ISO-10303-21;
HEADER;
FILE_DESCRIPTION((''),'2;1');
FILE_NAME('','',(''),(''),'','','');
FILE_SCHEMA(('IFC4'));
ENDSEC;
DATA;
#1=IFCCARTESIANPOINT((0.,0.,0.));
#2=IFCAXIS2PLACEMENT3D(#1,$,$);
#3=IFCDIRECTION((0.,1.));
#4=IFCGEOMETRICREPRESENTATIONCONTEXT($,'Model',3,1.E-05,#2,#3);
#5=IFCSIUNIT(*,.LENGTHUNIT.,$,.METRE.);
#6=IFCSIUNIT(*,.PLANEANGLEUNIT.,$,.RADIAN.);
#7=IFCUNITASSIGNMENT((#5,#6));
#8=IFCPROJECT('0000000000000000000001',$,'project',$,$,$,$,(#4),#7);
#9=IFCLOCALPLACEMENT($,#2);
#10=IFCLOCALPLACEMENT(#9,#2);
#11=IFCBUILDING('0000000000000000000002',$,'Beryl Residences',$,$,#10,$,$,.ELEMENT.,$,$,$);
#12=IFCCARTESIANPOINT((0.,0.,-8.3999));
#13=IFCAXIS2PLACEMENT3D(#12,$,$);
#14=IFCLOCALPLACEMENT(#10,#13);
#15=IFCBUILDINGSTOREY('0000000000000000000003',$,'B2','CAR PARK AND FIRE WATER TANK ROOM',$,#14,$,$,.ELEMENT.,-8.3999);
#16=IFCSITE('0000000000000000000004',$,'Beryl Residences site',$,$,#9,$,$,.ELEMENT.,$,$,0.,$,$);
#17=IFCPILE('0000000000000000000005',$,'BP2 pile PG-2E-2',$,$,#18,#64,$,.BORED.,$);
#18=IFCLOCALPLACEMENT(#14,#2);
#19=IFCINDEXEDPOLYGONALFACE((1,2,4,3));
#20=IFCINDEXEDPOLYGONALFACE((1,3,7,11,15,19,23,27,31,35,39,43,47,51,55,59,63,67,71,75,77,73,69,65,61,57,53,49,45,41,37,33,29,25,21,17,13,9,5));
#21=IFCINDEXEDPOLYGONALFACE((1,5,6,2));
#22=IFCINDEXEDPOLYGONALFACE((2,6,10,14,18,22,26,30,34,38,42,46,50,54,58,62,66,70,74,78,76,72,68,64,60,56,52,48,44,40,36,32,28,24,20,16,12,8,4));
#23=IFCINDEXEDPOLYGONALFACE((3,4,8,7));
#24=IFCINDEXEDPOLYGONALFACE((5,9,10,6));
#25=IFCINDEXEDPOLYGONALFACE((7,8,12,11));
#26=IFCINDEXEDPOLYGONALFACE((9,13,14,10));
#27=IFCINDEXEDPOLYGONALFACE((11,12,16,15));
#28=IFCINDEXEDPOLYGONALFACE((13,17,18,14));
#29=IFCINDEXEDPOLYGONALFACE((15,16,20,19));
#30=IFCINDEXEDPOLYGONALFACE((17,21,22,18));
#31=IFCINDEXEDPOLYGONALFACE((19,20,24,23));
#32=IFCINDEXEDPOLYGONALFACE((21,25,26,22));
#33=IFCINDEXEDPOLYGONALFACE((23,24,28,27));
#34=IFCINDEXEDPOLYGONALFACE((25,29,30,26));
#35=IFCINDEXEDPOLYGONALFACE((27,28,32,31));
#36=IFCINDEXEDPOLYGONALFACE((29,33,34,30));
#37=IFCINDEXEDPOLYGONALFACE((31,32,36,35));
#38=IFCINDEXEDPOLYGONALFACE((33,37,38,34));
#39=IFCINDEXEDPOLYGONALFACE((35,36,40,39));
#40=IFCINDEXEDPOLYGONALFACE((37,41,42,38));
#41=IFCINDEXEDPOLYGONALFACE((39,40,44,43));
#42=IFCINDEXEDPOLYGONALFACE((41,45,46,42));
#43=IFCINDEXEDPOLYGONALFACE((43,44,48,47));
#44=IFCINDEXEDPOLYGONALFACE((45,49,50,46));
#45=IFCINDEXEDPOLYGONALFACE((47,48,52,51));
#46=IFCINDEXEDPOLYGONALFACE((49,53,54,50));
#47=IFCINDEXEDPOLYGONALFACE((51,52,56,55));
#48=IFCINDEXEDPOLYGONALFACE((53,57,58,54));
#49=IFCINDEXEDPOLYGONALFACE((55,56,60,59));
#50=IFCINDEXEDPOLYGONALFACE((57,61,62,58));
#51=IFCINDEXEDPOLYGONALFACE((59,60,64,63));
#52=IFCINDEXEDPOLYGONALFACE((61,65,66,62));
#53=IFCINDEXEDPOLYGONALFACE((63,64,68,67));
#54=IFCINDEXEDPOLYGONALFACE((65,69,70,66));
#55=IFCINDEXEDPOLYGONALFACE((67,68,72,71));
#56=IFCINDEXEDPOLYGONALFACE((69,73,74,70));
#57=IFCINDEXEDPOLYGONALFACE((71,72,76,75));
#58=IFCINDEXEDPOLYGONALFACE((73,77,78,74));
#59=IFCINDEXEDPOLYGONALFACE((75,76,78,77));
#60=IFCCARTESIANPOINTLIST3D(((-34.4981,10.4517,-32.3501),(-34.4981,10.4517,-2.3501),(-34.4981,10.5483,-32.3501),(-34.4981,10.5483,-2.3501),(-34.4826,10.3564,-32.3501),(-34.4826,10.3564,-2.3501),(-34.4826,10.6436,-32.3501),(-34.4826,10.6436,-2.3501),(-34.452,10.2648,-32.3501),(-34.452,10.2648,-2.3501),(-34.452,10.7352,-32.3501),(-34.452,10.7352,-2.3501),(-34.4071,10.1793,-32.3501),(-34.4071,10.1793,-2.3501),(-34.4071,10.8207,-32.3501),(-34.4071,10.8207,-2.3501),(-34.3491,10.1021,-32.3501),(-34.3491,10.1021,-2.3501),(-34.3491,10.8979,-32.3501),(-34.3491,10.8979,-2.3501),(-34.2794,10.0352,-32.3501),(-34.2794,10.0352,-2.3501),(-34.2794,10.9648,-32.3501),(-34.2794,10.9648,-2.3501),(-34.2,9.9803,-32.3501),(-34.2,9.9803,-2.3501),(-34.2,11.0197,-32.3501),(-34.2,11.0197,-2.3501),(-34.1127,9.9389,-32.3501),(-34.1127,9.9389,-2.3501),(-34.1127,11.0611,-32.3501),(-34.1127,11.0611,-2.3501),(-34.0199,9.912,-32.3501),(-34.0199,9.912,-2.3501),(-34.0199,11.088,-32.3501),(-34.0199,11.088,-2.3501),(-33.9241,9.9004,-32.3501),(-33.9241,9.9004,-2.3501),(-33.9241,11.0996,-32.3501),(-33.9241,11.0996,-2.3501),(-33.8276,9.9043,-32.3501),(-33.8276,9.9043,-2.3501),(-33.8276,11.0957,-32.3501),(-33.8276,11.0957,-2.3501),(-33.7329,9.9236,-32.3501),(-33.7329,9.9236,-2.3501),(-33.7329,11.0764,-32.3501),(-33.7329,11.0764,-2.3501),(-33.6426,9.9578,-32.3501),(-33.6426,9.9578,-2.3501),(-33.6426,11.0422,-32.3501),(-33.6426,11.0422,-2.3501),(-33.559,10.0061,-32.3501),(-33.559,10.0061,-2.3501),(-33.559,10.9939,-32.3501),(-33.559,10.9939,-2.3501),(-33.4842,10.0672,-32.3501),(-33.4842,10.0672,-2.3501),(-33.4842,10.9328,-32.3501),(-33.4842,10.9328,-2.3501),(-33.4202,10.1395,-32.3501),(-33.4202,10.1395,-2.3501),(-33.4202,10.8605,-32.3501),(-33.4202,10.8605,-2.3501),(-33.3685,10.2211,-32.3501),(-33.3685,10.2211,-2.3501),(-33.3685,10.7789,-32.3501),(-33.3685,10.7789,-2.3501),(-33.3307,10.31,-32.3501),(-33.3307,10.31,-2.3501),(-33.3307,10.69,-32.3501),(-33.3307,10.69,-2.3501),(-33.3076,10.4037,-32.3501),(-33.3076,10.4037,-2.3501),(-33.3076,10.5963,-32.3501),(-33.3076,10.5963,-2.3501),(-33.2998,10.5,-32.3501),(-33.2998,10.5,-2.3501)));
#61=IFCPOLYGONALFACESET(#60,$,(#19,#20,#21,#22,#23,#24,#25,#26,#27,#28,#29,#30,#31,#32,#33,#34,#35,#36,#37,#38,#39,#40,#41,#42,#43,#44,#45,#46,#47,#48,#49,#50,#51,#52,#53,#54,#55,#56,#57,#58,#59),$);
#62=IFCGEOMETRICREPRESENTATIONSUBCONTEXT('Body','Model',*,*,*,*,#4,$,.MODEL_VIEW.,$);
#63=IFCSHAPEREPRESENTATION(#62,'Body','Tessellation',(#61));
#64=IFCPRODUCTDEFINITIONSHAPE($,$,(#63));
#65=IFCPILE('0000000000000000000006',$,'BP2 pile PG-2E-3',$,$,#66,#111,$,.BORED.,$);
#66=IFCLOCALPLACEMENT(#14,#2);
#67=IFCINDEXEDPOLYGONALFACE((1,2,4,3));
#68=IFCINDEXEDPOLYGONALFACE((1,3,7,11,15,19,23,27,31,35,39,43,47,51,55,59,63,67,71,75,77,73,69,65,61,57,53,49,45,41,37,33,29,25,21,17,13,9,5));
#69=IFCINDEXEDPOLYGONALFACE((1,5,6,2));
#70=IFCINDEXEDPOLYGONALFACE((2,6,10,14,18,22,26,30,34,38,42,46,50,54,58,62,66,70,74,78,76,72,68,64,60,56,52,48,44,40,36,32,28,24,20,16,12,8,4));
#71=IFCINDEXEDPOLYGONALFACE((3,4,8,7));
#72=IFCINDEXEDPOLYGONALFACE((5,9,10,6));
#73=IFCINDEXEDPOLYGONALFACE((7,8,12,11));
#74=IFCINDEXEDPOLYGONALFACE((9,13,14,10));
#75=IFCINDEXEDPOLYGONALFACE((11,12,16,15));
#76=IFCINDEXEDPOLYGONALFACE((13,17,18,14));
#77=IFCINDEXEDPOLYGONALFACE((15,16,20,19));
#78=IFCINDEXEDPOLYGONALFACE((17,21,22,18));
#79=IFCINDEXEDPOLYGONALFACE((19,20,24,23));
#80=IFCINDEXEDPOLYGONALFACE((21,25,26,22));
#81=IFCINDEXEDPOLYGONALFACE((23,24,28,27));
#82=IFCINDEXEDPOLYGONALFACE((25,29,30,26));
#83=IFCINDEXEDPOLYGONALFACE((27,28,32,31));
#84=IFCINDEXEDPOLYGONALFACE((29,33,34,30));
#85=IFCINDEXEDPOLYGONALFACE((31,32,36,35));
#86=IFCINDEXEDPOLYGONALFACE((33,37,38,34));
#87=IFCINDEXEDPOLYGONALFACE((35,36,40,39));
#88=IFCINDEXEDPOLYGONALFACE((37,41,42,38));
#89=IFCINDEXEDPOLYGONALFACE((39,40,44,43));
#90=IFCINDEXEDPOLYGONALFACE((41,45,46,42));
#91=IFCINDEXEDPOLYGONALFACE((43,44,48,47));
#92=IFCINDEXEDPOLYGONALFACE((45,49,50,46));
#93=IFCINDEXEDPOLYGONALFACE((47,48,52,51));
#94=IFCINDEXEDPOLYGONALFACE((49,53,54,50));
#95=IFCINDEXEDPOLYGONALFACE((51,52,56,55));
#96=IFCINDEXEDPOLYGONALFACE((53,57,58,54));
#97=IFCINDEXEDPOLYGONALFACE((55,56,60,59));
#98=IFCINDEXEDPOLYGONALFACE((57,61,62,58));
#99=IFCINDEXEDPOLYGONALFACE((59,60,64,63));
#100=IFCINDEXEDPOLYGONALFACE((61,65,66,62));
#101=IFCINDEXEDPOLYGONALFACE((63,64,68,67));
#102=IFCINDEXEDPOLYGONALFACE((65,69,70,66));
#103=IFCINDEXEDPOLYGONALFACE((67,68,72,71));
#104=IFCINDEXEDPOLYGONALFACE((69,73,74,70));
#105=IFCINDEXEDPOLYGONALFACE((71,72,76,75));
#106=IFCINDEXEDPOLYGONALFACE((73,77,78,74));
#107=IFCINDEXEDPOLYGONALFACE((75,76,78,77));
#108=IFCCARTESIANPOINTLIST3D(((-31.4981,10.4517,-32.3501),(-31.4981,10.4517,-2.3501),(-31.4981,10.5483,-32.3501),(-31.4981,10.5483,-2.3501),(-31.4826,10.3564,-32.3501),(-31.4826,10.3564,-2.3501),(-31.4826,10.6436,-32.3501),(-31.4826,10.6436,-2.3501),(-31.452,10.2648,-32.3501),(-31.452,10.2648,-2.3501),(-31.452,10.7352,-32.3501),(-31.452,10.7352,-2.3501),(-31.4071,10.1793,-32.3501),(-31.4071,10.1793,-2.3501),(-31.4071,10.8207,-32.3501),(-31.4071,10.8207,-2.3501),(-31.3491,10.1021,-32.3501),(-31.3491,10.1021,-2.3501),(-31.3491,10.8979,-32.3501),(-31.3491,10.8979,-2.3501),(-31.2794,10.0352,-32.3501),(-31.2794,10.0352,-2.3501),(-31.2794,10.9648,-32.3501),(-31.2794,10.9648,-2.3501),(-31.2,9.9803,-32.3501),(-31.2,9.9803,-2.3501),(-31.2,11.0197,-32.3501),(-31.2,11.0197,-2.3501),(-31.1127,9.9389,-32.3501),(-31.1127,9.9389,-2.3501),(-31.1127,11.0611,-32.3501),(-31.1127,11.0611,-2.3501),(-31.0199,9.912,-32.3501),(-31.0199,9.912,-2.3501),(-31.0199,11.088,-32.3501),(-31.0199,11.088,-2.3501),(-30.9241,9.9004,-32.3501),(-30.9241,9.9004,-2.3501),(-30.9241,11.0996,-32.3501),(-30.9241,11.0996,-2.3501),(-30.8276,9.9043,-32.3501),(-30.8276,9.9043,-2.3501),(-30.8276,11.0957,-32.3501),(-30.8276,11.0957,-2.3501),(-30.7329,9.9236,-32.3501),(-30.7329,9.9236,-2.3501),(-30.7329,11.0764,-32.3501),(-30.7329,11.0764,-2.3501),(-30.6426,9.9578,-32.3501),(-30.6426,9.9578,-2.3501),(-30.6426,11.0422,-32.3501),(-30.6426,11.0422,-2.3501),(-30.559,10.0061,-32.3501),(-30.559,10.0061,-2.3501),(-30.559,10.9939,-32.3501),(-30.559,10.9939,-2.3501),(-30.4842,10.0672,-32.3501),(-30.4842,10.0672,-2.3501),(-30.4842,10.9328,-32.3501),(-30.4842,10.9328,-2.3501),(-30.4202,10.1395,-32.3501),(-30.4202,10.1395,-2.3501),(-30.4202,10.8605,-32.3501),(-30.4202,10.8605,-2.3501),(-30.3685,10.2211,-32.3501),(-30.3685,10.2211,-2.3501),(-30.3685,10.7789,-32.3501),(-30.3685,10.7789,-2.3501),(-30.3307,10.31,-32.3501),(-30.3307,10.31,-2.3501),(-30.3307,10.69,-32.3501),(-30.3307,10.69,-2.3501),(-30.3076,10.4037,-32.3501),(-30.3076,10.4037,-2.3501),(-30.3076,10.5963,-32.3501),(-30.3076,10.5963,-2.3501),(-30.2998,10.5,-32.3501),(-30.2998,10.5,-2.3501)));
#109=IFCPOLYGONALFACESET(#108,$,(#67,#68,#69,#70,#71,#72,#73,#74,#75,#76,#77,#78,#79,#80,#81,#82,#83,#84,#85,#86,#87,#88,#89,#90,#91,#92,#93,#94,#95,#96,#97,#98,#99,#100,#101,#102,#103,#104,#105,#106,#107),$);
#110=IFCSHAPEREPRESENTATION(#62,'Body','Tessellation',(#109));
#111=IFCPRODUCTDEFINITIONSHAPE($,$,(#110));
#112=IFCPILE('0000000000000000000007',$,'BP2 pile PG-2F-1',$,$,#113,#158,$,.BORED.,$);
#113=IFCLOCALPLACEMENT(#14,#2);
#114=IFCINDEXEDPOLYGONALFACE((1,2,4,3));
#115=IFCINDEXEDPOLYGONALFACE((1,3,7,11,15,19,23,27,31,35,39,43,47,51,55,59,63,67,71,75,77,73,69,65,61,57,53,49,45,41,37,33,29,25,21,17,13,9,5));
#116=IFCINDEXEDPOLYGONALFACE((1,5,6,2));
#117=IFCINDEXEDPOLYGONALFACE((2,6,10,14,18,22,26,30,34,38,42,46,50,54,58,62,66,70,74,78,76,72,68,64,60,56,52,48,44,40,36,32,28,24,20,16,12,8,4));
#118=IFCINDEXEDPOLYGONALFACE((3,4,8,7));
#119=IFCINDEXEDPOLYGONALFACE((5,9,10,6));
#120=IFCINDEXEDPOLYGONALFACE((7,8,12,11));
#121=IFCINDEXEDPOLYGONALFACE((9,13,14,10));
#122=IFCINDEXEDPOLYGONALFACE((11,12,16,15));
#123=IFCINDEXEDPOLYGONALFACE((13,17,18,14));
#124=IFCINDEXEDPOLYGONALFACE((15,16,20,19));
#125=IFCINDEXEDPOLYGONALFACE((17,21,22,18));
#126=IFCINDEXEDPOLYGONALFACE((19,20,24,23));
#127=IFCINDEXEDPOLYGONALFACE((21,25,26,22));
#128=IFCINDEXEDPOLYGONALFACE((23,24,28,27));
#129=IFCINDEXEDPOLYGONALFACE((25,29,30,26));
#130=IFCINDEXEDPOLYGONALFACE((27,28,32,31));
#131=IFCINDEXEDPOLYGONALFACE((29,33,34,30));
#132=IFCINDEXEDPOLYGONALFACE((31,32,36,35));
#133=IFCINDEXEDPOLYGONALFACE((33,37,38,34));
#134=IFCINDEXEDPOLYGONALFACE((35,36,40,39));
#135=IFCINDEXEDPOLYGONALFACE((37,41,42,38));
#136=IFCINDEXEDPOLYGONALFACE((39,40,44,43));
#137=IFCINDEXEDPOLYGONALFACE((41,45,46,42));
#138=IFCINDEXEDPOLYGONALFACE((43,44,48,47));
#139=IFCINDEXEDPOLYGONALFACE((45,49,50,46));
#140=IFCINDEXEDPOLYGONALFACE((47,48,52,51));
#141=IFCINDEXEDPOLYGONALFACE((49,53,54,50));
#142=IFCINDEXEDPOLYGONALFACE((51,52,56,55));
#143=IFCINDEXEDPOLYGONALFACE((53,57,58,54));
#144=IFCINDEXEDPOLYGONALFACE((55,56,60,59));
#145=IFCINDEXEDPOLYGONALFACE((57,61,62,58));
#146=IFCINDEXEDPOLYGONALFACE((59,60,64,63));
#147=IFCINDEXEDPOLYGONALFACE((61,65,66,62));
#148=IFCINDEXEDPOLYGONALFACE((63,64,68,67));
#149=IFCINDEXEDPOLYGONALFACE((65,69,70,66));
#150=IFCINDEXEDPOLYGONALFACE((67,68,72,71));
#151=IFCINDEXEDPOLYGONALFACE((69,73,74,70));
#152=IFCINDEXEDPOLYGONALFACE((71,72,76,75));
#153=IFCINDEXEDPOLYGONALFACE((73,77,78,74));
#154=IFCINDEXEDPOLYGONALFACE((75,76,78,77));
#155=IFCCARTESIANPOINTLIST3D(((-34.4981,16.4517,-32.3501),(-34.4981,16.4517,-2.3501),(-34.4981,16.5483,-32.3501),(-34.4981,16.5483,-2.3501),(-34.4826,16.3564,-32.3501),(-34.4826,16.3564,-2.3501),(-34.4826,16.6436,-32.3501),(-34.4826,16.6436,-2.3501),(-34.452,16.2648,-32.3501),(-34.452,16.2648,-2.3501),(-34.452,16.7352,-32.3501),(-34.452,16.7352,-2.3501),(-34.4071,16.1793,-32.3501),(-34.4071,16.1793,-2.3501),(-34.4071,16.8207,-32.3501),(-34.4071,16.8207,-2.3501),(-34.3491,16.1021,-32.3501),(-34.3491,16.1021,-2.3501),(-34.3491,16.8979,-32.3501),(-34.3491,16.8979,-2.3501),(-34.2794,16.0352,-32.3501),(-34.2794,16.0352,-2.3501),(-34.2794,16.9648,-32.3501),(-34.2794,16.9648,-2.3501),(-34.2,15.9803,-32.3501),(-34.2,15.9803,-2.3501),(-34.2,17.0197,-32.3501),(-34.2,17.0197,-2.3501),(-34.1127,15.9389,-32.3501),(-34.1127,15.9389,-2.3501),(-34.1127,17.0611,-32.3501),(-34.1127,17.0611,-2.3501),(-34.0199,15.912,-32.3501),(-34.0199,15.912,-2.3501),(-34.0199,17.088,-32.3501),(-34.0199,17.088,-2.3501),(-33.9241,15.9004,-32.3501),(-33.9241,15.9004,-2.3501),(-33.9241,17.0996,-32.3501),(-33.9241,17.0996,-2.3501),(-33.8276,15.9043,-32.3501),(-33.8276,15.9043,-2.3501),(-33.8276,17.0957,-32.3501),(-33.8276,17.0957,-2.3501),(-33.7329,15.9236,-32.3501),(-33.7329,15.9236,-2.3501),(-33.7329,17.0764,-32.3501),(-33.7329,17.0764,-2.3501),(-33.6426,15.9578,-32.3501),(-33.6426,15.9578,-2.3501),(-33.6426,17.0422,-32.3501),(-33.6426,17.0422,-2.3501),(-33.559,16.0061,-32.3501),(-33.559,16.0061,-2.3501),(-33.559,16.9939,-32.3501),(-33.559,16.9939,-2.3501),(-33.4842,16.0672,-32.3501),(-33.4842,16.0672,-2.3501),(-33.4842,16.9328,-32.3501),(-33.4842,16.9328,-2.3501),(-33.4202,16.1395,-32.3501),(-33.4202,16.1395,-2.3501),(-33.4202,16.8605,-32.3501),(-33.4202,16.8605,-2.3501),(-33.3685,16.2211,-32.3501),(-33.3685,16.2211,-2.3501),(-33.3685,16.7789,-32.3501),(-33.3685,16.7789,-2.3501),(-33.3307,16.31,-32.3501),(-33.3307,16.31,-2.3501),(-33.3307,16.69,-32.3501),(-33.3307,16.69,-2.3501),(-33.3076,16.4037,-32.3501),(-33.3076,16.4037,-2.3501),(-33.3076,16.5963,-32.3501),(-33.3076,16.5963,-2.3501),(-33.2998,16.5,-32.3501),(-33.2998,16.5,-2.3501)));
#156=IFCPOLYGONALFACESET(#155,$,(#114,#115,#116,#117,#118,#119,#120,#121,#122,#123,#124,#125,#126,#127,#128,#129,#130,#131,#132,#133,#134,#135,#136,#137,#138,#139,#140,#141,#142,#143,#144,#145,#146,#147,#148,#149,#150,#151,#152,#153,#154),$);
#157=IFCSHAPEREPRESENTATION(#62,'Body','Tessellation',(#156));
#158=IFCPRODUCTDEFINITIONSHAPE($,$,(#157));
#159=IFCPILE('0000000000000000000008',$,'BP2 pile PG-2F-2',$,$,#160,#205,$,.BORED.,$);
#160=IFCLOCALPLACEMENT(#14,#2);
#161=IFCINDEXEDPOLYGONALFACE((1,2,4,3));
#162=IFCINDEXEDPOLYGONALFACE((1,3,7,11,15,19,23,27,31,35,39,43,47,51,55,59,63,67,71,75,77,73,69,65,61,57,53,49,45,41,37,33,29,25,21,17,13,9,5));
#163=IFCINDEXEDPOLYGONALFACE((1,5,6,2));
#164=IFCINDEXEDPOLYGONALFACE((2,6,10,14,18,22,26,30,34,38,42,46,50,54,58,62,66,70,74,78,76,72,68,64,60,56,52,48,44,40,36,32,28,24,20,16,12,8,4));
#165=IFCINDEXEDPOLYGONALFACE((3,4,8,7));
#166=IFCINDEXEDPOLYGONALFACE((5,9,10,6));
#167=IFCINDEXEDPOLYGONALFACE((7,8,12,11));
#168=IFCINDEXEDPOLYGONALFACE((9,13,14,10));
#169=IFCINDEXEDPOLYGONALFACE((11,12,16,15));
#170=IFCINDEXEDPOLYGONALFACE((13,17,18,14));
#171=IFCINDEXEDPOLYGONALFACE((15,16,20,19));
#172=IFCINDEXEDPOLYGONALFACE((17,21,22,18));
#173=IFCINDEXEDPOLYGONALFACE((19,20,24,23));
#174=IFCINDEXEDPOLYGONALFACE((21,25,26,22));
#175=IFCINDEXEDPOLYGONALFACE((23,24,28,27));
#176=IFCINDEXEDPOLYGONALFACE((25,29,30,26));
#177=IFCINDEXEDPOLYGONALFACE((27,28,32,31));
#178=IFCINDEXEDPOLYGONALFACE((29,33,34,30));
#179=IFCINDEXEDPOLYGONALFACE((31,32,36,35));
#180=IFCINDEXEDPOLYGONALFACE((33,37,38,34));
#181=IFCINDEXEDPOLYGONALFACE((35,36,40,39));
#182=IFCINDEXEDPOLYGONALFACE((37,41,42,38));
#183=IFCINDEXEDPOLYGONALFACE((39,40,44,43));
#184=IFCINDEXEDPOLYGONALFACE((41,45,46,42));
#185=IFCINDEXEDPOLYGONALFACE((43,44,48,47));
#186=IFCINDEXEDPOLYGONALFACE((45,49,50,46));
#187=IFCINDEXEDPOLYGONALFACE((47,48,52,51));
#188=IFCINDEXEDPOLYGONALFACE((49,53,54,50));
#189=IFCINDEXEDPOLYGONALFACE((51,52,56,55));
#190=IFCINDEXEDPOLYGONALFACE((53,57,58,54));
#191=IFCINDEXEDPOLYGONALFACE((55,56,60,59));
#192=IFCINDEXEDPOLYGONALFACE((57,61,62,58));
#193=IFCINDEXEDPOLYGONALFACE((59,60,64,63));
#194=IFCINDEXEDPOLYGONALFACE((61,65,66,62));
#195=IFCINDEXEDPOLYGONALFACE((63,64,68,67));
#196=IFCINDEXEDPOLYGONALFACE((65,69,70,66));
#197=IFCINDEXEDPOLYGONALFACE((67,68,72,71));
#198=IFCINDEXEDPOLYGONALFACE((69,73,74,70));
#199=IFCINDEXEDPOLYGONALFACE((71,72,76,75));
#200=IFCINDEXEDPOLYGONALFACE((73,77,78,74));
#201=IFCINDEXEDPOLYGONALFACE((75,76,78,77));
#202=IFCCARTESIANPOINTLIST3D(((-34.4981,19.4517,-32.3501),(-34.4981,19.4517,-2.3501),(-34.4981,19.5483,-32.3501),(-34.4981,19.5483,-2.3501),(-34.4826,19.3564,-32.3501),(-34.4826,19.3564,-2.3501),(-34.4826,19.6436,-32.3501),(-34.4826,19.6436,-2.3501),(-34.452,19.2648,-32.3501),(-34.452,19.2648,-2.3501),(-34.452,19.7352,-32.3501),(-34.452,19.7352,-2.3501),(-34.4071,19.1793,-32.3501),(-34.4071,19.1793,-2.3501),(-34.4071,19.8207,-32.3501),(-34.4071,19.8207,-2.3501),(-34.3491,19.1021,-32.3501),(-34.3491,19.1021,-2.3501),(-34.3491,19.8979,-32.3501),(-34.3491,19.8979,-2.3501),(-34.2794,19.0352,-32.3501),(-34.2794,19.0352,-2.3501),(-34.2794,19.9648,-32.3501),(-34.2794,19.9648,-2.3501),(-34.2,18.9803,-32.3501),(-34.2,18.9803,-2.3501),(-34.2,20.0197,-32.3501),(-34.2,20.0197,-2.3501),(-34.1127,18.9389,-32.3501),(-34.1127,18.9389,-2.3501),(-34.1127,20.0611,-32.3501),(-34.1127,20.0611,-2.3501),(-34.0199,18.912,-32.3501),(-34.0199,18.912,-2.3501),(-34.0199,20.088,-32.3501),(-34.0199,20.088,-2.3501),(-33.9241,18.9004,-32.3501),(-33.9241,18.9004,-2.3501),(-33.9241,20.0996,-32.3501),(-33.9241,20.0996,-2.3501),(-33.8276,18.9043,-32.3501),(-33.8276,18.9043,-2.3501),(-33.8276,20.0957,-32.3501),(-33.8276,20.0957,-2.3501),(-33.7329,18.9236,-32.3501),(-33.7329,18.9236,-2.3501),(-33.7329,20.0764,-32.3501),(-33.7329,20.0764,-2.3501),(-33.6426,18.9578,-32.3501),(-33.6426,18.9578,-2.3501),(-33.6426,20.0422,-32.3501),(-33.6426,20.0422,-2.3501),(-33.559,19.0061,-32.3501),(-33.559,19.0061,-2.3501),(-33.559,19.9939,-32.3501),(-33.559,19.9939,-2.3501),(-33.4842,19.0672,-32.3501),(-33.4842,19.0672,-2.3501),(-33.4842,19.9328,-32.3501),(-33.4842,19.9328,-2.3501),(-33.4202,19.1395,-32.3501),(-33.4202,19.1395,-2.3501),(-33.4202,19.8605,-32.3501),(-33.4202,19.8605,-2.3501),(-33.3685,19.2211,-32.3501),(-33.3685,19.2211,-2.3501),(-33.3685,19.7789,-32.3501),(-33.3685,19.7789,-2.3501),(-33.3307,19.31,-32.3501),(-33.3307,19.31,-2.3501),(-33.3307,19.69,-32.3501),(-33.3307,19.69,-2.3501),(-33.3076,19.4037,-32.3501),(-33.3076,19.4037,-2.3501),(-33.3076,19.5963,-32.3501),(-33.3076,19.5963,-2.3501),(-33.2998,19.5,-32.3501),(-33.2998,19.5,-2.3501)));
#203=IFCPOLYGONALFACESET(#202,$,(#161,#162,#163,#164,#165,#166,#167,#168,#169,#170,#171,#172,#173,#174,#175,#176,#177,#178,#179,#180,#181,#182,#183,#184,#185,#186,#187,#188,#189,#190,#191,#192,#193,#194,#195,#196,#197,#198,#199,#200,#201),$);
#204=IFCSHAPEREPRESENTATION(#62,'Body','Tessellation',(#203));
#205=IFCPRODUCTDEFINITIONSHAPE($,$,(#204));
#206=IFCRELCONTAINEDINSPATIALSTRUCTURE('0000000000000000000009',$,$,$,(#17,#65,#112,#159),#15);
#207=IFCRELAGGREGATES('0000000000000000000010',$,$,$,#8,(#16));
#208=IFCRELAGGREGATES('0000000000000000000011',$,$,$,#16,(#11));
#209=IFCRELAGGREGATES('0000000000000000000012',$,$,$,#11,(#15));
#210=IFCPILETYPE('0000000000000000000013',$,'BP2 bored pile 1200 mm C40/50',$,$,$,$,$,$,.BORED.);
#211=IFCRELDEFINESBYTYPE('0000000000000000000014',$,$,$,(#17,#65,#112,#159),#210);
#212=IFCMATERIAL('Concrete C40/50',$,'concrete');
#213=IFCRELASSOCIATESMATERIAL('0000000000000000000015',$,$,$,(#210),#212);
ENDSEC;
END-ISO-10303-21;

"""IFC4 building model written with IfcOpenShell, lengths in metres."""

from ifc_helpers import new_model, si_unit, direction, frame, origin, origin_2d, place, context, subcontext, project, spatial, circle, extrude, material, material_profile, profile_set, type_object, element, save


model = new_model("IFC4")

# Units and contexts
model_context = context("Model", 3, precision=1e-05, world=origin(), true_north=direction((0.0, 1.0)))
body_context = subcontext(model_context, "Body", "Model", "MODEL_VIEW")
ifc_project = project(units=[si_unit("LENGTHUNIT", "METRE"), si_unit("PLANEANGLEUNIT", "RADIAN")], contexts=[model_context])

# Site, building, storey
site_placement = place(None, origin())
site = spatial("IfcSite", under=ifc_project, at=site_placement, Name="Beryl Residences site", CompositionType="ELEMENT", RefElevation=0.0)
building_placement = place(site_placement, origin())
building = spatial("IfcBuilding", under=site, at=building_placement, Name="Beryl Residences", CompositionType="ELEMENT")
storey_placement = place(building_placement, frame((0.0, 0.0, -8.3999)))
storey = spatial("IfcBuildingStorey", under=building, at=storey_placement, Name="B2", Description="CAR PARK AND FIRE WATER TANK ROOM", CompositionType="ELEMENT", Elevation=-8.3999)

# Piles
ifc_material_1 = material(Name="Concrete C40/50", Category="concrete")
ifc_material_profile_1 = material_profile(ifc_material_1, circle(Radius=0.6001, at=origin_2d()))
ifc_profile_set_1 = profile_set([ifc_material_profile_1], Name="Concrete C40/50")
pile_type_1 = type_object("IfcPileType", Name="BP2 bored pile 1200 mm C40/50", PredefinedType="BORED", material=ifc_profile_set_1)
for number, where, z_axis, x_axis, name in (
    (1, (-33.8999, 10.5, -2.3501), (0.0, 0.0, -1.0), (1.0, 0.0, 0.0), "BP2 pile PG-2E-2"),
    (2, (-30.8999, 10.5, -2.3501), (0.0, 0.0, -1.0), (1.0, 0.0, 0.0), "BP2 pile PG-2E-3"),
    (3, (-33.8999, 16.5, -2.3501), (0.0, 0.0, -1.0), (1.0, 0.0, 0.0), "BP2 pile PG-2F-1"),
    (4, (-33.8999, 19.5, -2.3501), (0.0, 0.0, -1.0), (1.0, 0.0, 0.0), "BP2 pile PG-2F-2"),
):
    element("IfcPile", number, at=place(storey_placement, frame(where, z_axis=z_axis, x_axis=x_axis)), inside=storey, type_object=pile_type_1, Name=name, PredefinedType="BORED", context=body_context, shape_type="SweptSolid", body=[
        extrude(circle(Radius=0.6001, at=origin_2d()), origin(), (0.0, 0.0, 1.0), 30.0),
    ])

save(model, "model.ifc")
